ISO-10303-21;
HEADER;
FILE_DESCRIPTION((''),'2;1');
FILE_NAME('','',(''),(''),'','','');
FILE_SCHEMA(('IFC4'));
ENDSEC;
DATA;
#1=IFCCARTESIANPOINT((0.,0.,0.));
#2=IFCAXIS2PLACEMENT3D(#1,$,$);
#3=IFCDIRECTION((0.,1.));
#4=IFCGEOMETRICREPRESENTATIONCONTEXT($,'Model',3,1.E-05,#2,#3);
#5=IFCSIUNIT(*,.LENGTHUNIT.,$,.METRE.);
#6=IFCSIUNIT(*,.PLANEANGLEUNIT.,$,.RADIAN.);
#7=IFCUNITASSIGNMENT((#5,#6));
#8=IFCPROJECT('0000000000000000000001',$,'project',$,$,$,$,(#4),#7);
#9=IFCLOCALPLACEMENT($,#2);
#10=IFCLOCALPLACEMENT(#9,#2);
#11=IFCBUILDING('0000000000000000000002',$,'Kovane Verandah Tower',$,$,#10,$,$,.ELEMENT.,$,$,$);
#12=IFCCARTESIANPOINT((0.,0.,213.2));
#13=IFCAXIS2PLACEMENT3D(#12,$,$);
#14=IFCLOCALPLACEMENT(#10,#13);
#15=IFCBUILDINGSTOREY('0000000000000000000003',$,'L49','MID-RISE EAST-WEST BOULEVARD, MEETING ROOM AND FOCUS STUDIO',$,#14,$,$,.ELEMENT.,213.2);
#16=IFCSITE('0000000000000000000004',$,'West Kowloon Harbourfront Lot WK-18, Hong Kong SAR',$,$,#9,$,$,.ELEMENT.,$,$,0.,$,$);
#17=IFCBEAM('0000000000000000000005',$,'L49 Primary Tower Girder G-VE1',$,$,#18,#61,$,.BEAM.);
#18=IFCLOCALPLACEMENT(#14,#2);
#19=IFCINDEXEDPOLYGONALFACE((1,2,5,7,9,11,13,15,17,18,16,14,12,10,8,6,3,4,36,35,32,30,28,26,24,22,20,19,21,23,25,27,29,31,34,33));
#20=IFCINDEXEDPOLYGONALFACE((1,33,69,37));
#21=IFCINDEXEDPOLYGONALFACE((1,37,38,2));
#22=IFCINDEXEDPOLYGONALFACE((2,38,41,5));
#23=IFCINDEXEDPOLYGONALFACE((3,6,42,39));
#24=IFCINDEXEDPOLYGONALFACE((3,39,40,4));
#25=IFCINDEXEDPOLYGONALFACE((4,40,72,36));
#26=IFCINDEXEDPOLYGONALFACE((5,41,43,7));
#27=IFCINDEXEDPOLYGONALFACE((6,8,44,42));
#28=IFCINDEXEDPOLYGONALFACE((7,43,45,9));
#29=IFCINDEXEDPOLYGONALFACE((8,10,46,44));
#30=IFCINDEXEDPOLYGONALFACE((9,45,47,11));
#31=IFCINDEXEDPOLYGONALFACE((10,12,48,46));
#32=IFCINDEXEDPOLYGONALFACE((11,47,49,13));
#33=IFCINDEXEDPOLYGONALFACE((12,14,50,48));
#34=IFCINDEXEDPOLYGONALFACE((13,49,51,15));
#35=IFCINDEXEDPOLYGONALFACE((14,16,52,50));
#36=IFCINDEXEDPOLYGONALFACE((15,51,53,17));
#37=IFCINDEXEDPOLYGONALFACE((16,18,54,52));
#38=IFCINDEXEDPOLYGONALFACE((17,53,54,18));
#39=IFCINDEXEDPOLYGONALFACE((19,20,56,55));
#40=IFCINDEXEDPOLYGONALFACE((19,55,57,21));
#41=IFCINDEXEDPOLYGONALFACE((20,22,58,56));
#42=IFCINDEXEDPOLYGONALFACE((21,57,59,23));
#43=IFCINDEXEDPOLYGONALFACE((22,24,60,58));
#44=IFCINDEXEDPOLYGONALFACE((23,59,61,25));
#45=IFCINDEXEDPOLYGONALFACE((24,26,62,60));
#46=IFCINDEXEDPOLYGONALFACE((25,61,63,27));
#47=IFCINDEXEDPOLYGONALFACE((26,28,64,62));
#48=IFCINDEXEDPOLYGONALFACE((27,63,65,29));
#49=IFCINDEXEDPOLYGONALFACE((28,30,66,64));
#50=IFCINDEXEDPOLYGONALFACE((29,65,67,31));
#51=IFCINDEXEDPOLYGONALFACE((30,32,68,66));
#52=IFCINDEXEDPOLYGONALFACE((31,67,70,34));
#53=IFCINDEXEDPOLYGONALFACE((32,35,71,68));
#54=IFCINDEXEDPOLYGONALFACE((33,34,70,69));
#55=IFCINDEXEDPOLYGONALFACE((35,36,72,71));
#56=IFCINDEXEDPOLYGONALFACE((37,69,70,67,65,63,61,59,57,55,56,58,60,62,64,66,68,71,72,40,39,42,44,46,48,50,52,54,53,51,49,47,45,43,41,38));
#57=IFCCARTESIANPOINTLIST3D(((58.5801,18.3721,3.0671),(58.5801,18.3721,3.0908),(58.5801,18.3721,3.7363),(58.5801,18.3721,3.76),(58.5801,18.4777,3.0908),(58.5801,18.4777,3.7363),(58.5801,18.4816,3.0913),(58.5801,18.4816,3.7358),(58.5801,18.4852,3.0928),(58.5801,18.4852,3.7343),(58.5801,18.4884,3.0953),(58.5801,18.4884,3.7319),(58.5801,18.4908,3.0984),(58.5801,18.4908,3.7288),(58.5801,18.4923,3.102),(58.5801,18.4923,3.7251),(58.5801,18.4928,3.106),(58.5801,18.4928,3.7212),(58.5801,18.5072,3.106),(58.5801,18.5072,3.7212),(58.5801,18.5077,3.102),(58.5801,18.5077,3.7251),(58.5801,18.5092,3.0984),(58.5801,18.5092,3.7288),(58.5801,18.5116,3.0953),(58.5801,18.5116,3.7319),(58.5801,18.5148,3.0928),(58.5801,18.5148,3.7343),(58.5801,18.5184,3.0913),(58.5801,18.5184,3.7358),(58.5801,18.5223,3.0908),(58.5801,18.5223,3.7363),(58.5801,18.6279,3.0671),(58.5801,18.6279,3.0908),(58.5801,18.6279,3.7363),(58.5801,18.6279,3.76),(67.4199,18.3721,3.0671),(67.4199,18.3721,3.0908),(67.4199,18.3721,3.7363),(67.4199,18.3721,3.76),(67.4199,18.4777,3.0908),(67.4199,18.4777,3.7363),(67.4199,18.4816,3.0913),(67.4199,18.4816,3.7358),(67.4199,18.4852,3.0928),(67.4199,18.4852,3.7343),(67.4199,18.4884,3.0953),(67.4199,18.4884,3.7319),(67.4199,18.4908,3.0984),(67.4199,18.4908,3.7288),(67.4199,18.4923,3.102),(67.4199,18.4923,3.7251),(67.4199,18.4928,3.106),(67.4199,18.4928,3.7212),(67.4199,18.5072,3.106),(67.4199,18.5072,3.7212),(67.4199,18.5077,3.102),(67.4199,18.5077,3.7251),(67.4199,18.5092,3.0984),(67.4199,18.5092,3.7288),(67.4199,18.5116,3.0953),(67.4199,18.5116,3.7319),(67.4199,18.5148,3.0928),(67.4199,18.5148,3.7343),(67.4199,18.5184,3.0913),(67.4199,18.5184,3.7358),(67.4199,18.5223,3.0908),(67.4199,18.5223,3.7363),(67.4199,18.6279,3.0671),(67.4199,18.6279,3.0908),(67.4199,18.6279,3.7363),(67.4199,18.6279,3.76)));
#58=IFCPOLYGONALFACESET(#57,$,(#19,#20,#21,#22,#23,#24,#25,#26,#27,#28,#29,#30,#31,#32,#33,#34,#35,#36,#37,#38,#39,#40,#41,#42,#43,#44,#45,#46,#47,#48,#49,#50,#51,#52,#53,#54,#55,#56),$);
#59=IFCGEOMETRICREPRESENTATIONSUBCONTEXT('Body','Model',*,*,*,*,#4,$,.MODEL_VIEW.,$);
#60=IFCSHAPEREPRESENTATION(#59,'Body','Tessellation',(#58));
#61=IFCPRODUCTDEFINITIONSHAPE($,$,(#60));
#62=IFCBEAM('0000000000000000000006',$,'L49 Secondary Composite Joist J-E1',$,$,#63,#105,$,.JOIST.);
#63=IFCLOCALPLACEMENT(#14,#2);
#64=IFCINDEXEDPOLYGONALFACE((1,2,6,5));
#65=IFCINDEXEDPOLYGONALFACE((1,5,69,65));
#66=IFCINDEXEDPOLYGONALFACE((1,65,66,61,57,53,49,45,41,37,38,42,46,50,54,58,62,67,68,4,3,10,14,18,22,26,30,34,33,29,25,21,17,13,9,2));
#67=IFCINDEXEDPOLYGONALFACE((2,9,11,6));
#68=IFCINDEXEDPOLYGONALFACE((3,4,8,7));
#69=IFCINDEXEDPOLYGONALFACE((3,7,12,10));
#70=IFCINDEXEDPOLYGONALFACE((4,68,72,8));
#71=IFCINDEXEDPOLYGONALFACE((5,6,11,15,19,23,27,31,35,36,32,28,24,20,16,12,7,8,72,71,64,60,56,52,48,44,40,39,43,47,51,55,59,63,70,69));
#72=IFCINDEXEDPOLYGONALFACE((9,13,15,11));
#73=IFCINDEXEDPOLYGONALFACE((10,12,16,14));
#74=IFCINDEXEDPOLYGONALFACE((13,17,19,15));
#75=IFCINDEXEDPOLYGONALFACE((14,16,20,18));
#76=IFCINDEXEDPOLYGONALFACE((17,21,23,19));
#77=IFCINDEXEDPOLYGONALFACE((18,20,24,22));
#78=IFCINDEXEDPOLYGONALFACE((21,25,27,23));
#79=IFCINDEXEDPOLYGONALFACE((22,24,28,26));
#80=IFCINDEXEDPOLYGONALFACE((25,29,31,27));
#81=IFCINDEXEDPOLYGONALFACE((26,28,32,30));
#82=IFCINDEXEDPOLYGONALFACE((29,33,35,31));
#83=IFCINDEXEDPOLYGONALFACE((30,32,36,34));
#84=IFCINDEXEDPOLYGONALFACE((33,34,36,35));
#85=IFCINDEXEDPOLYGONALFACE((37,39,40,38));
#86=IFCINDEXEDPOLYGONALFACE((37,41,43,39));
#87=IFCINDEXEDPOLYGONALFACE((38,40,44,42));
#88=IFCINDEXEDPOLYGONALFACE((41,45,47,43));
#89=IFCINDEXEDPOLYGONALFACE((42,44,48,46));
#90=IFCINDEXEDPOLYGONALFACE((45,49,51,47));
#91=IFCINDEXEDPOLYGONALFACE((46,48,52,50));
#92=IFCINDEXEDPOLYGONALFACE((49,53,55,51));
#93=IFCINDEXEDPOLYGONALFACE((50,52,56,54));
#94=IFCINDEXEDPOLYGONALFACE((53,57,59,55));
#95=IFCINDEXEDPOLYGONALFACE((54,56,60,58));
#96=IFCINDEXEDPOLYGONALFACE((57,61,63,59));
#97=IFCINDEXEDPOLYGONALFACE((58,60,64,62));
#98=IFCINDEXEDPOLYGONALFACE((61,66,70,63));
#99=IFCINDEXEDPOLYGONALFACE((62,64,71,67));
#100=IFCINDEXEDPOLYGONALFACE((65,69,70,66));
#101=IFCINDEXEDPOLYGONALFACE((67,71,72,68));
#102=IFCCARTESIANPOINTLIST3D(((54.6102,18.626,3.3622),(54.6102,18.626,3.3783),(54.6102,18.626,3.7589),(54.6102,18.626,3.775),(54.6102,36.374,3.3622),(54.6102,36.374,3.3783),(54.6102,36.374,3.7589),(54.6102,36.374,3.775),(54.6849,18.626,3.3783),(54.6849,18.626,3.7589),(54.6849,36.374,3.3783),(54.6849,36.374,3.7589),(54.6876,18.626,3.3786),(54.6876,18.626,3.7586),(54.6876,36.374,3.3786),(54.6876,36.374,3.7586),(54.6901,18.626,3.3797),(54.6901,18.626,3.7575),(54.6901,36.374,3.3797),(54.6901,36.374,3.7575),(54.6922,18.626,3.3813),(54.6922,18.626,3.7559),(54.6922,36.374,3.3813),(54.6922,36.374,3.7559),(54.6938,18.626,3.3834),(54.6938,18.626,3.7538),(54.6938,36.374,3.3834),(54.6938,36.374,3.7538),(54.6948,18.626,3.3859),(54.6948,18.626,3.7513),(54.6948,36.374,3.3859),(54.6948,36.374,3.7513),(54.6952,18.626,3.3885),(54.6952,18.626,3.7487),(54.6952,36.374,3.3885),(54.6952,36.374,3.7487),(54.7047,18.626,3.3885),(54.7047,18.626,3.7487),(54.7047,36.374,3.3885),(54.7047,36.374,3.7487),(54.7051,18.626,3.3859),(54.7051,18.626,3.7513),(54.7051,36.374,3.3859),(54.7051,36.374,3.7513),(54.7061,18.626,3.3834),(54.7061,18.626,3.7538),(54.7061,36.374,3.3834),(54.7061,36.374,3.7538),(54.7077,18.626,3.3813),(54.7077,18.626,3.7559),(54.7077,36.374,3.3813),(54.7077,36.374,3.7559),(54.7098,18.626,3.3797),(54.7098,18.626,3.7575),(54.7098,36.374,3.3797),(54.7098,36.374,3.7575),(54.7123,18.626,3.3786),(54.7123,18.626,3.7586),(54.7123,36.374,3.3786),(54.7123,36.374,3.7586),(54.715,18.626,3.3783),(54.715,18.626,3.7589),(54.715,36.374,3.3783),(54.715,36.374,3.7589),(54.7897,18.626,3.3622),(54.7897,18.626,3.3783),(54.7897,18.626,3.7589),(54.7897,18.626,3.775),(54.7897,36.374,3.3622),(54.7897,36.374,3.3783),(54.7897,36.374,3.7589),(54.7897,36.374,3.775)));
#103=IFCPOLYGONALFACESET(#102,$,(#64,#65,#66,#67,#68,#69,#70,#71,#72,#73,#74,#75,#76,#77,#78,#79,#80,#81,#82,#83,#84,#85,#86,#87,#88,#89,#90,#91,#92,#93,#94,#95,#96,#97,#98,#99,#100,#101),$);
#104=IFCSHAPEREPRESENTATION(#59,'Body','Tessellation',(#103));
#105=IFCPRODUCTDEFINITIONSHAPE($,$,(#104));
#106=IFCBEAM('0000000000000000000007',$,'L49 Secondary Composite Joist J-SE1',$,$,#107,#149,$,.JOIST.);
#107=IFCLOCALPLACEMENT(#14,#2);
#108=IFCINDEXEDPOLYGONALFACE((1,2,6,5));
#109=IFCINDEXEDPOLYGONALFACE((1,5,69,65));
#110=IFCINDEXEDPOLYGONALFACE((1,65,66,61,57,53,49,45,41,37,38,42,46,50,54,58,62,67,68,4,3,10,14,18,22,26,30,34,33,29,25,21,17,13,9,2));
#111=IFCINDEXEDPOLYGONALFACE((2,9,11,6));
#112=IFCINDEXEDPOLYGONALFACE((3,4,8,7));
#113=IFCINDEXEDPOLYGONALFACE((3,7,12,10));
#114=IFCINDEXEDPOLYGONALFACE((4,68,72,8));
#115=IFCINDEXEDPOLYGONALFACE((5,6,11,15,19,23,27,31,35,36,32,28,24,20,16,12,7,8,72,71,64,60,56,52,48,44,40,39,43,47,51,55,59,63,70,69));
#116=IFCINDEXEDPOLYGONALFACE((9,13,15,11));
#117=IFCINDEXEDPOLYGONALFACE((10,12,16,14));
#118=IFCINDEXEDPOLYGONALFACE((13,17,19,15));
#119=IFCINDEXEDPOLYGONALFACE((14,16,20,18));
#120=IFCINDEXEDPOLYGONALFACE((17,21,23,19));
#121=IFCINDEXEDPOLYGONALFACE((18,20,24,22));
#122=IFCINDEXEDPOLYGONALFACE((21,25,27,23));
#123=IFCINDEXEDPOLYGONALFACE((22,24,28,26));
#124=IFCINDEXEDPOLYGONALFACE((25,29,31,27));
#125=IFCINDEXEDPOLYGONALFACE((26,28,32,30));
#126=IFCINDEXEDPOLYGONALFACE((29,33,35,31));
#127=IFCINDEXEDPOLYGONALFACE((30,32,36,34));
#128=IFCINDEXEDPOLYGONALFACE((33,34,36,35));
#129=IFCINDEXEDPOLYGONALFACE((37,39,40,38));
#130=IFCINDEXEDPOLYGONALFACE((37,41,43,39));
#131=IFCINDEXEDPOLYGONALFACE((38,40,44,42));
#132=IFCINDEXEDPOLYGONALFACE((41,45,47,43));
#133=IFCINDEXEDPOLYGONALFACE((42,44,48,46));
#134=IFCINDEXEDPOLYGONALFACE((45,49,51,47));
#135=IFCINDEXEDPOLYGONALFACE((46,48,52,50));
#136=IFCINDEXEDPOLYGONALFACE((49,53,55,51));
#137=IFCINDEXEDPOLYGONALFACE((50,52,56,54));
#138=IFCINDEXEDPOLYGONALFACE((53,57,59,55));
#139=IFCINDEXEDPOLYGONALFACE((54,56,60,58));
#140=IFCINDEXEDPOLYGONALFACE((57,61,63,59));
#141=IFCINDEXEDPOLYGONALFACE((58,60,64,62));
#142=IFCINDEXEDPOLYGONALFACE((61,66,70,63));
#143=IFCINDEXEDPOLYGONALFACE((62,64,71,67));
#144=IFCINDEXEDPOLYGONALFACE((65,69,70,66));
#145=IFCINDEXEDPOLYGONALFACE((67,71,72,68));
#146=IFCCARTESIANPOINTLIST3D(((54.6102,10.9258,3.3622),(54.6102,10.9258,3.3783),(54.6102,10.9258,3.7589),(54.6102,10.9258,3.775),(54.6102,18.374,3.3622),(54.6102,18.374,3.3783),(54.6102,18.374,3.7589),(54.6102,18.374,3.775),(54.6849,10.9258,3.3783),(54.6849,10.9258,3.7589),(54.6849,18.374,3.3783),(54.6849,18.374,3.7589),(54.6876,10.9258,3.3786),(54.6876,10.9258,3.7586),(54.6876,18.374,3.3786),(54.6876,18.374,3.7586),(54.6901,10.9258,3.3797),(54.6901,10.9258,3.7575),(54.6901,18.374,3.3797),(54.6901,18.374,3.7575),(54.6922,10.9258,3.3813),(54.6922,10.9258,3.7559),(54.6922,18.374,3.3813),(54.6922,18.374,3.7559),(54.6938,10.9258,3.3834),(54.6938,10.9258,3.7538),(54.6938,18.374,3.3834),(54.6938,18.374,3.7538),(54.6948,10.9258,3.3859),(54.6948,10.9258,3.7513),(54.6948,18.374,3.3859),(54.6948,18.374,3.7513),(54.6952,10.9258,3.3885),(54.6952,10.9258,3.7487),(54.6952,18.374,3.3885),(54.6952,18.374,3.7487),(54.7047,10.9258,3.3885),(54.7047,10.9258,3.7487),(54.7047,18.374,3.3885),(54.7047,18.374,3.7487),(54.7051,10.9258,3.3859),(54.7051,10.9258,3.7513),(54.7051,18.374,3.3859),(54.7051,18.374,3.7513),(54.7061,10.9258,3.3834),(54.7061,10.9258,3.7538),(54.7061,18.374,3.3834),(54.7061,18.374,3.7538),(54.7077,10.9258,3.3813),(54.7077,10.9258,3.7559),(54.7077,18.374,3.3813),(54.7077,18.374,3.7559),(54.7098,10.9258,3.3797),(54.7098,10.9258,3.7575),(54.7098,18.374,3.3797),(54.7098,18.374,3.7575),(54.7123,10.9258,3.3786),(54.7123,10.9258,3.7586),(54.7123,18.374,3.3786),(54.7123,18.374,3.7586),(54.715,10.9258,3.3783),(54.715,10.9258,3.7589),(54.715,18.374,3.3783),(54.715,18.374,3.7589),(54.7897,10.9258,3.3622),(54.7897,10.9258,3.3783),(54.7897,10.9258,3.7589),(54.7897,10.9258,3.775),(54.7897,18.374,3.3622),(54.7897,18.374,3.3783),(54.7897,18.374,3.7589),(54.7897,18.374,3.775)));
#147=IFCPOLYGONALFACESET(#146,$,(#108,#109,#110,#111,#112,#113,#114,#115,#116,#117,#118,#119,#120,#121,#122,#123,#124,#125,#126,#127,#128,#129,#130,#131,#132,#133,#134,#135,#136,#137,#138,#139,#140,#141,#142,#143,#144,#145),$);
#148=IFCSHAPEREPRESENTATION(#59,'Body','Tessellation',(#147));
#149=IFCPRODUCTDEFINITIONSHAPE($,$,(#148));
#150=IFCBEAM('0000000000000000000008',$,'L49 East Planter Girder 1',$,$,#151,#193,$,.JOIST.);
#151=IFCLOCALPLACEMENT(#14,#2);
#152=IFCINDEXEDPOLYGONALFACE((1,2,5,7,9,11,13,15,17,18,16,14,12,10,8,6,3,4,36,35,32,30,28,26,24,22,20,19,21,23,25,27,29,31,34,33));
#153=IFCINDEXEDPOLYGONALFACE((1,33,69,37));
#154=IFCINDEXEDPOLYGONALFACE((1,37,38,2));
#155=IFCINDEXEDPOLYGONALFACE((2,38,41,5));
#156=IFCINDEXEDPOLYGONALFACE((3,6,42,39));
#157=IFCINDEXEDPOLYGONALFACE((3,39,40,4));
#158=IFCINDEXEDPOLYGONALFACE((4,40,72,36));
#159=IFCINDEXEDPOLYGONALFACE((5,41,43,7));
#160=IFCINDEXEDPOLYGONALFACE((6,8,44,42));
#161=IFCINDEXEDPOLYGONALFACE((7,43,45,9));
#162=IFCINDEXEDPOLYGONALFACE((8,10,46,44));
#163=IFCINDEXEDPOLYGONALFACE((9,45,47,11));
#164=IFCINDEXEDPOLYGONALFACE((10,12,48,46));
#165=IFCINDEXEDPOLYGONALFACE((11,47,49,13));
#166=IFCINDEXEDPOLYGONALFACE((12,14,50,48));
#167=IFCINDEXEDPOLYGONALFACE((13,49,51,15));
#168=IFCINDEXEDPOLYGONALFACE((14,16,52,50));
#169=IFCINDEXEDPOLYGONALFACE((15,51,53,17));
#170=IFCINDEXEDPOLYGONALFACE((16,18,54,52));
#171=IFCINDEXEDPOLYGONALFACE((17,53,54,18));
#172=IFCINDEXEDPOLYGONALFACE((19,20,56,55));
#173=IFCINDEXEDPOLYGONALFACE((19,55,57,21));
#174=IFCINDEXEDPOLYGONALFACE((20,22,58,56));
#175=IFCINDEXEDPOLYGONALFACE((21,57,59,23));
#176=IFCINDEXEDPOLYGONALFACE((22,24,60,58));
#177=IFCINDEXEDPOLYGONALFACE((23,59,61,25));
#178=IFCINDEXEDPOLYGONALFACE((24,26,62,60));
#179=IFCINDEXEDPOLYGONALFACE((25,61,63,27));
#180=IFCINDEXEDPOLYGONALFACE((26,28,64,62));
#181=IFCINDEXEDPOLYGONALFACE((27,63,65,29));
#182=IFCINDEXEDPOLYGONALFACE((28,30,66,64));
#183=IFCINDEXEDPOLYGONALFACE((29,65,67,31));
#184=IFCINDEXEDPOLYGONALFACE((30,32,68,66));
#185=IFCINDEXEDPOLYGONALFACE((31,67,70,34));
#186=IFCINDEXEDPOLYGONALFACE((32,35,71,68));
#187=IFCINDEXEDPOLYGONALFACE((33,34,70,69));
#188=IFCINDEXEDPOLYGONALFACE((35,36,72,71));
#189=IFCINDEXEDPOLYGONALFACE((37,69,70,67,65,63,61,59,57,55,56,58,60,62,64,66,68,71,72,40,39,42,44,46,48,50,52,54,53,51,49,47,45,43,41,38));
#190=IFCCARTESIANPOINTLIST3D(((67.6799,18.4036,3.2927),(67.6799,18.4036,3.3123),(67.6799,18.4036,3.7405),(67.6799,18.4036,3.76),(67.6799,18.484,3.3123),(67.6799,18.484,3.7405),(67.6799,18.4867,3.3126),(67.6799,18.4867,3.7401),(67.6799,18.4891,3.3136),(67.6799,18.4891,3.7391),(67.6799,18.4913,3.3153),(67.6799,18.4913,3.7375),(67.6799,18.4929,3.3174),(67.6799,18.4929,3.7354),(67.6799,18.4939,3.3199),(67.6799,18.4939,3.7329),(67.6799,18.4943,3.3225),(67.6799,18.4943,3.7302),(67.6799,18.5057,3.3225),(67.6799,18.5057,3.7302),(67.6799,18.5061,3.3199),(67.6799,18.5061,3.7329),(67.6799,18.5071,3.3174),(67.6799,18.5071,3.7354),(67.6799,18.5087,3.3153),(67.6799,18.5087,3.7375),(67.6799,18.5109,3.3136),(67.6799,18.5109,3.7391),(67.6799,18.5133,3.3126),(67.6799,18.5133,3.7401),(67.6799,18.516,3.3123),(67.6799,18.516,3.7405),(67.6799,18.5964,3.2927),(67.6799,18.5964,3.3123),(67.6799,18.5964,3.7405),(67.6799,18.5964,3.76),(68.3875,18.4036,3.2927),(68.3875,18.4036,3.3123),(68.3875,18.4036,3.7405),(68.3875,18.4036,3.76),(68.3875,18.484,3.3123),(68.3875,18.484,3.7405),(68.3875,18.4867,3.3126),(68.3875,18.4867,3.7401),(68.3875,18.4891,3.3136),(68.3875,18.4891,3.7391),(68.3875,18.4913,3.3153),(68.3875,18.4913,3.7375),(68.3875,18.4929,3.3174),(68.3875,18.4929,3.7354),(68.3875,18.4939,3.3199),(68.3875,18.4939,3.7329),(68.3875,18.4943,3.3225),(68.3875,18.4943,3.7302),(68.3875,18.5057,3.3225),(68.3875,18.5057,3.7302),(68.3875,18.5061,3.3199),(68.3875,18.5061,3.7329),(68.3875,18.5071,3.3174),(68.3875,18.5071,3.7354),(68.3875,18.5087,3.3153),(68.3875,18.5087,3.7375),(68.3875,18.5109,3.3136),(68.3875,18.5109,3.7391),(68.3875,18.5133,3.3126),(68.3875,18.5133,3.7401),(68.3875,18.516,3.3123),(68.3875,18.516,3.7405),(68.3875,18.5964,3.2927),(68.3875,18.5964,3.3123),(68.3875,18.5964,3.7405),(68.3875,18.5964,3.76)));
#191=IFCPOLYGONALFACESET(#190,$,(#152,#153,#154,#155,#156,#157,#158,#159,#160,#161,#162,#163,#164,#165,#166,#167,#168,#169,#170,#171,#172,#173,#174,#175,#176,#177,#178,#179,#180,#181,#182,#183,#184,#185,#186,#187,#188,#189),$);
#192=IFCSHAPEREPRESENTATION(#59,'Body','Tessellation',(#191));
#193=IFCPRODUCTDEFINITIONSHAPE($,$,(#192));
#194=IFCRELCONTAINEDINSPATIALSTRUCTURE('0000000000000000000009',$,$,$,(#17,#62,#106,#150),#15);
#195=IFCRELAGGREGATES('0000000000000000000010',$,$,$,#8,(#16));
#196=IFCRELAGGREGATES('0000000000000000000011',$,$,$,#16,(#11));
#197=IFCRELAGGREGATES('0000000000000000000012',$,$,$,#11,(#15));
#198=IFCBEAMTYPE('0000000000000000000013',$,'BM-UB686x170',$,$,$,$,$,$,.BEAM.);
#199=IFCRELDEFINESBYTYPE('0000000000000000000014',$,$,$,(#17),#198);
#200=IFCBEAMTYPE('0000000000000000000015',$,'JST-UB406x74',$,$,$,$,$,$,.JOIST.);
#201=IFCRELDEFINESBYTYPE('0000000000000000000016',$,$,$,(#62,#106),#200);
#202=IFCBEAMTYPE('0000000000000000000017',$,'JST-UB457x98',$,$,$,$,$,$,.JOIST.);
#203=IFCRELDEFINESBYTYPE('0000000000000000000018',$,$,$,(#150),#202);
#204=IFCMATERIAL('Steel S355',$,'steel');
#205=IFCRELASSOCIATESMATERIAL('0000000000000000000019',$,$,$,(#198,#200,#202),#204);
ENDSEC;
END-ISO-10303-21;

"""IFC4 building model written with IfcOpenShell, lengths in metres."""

from ifc_helpers import new_model, si_unit, direction, frame, origin, origin_2d, place, context, subcontext, project, spatial, i_section, extrude, material, material_profile, profile_set, type_object, element, save


model = new_model("IFC4")

# Units and contexts
model_context = context("Model", 3, precision=1e-05, world=origin(), true_north=direction((0.0, 1.0)))
body_context = subcontext(model_context, "Body", "Model", "MODEL_VIEW")
ifc_project = project(units=[si_unit("LENGTHUNIT", "METRE"), si_unit("PLANEANGLEUNIT", "RADIAN")], contexts=[model_context])

# Site, building, storey
site_placement = place(None, origin())
site = spatial("IfcSite", under=ifc_project, at=site_placement, Name="West Kowloon Harbourfront Lot WK-18, Hong Kong SAR", CompositionType="ELEMENT", RefElevation=0.0)
building_placement = place(site_placement, origin())
building = spatial("IfcBuilding", under=site, at=building_placement, Name="Kovane Verandah Tower", CompositionType="ELEMENT")
storey_placement = place(building_placement, frame((0.0, 0.0, 213.2)))
storey = spatial("IfcBuildingStorey", under=building, at=storey_placement, Name="L49", Description="MID-RISE EAST-WEST BOULEVARD, MEETING ROOM AND FOCUS STUDIO", CompositionType="ELEMENT", Elevation=213.2)

# Beams
ifc_material_1 = material(Name="Steel S355", Category="steel")
ifc_material_profile_1 = material_profile(ifc_material_1, i_section(OverallWidth=0.2559, OverallDepth=0.6929, WebThickness=0.0144, FlangeThickness=0.0237, FilletRadius=0.0151, at=origin_2d()), Name="UB686x254x170")
ifc_profile_set_1 = profile_set([ifc_material_profile_1], Name="Steel S355")
beam_type_1 = type_object("IfcBeamType", Name="BM-UB686x170", PredefinedType="BEAM", material=ifc_profile_set_1)
beam_1_placement = place(storey_placement, frame((58.5801, 18.5, 3.4136), z_axis=(1.0, 0.0, 0.0), x_axis=(0.0, 1.0, 0.0)))
element("IfcBeam", 1, at=beam_1_placement, inside=storey, type_object=beam_type_1, Name="L49 Primary Tower Girder G-VE1", PredefinedType="BEAM", context=body_context, shape_type="SweptSolid", body=[
    extrude(i_section(OverallWidth=0.2559, OverallDepth=0.6929, WebThickness=0.0144, FlangeThickness=0.0237, FilletRadius=0.0151, at=origin_2d()), origin(), (0.0, 0.0, 1.0), 8.8398),
])
ifc_material_profile_2 = material_profile(ifc_material_1, i_section(OverallWidth=0.1794, OverallDepth=0.4128, WebThickness=0.0095, FlangeThickness=0.0161, FilletRadius=0.0103, at=origin_2d()), Name="UB406x178x74")
ifc_profile_set_2 = profile_set([ifc_material_profile_2], Name="Steel S355")
beam_type_2 = type_object("IfcBeamType", Name="JST-UB406x74", PredefinedType="JOIST", material=ifc_profile_set_2)
beam_2_placement = place(storey_placement, frame((54.7, 18.626, 3.5686), z_axis=(0.0, 1.0, 0.0), x_axis=(-1.0, 0.0, 0.0)))
element("IfcBeam", 2, at=beam_2_placement, inside=storey, type_object=beam_type_2, Name="L49 Secondary Composite Joist J-E1", PredefinedType="JOIST", context=body_context, shape_type="SweptSolid", body=[
    extrude(i_section(OverallWidth=0.1794, OverallDepth=0.4128, WebThickness=0.0095, FlangeThickness=0.0161, FilletRadius=0.0103, at=origin_2d()), origin(), (0.0, 0.0, 1.0), 17.748),
])
beam_3_placement = place(storey_placement, frame((54.7, 10.9258, 3.5686), z_axis=(0.0, 1.0, 0.0), x_axis=(-1.0, 0.0, 0.0)))
element("IfcBeam", 3, at=beam_3_placement, inside=storey, type_object=beam_type_2, Name="L49 Secondary Composite Joist J-SE1", PredefinedType="JOIST", context=body_context, shape_type="SweptSolid", body=[
    extrude(i_section(OverallWidth=0.1794, OverallDepth=0.4128, WebThickness=0.0095, FlangeThickness=0.0161, FilletRadius=0.0103, at=origin_2d()), origin(), (0.0, 0.0, 1.0), 7.4482),
])
ifc_material_profile_3 = material_profile(ifc_material_1, i_section(OverallWidth=0.1929, OverallDepth=0.4673, WebThickness=0.0115, FlangeThickness=0.0195, FilletRadius=0.0103, at=origin_2d()), Name="UB457x191x98")
ifc_profile_set_3 = profile_set([ifc_material_profile_3], Name="Steel S355")
beam_type_3 = type_object("IfcBeamType", Name="JST-UB457x98", PredefinedType="JOIST", material=ifc_profile_set_3)
beam_4_placement = place(storey_placement, frame((67.6799, 18.5, 3.5264), z_axis=(1.0, 0.0, 0.0), x_axis=(0.0, 1.0, 0.0)))
element("IfcBeam", 4, at=beam_4_placement, inside=storey, type_object=beam_type_3, Name="L49 East Planter Girder 1", PredefinedType="JOIST", context=body_context, shape_type="SweptSolid", body=[
    extrude(i_section(OverallWidth=0.1929, OverallDepth=0.4673, WebThickness=0.0115, FlangeThickness=0.0195, FilletRadius=0.0103, at=origin_2d()), origin(), (0.0, 0.0, 1.0), 0.7075),
])

save(model, "model.ifc")
